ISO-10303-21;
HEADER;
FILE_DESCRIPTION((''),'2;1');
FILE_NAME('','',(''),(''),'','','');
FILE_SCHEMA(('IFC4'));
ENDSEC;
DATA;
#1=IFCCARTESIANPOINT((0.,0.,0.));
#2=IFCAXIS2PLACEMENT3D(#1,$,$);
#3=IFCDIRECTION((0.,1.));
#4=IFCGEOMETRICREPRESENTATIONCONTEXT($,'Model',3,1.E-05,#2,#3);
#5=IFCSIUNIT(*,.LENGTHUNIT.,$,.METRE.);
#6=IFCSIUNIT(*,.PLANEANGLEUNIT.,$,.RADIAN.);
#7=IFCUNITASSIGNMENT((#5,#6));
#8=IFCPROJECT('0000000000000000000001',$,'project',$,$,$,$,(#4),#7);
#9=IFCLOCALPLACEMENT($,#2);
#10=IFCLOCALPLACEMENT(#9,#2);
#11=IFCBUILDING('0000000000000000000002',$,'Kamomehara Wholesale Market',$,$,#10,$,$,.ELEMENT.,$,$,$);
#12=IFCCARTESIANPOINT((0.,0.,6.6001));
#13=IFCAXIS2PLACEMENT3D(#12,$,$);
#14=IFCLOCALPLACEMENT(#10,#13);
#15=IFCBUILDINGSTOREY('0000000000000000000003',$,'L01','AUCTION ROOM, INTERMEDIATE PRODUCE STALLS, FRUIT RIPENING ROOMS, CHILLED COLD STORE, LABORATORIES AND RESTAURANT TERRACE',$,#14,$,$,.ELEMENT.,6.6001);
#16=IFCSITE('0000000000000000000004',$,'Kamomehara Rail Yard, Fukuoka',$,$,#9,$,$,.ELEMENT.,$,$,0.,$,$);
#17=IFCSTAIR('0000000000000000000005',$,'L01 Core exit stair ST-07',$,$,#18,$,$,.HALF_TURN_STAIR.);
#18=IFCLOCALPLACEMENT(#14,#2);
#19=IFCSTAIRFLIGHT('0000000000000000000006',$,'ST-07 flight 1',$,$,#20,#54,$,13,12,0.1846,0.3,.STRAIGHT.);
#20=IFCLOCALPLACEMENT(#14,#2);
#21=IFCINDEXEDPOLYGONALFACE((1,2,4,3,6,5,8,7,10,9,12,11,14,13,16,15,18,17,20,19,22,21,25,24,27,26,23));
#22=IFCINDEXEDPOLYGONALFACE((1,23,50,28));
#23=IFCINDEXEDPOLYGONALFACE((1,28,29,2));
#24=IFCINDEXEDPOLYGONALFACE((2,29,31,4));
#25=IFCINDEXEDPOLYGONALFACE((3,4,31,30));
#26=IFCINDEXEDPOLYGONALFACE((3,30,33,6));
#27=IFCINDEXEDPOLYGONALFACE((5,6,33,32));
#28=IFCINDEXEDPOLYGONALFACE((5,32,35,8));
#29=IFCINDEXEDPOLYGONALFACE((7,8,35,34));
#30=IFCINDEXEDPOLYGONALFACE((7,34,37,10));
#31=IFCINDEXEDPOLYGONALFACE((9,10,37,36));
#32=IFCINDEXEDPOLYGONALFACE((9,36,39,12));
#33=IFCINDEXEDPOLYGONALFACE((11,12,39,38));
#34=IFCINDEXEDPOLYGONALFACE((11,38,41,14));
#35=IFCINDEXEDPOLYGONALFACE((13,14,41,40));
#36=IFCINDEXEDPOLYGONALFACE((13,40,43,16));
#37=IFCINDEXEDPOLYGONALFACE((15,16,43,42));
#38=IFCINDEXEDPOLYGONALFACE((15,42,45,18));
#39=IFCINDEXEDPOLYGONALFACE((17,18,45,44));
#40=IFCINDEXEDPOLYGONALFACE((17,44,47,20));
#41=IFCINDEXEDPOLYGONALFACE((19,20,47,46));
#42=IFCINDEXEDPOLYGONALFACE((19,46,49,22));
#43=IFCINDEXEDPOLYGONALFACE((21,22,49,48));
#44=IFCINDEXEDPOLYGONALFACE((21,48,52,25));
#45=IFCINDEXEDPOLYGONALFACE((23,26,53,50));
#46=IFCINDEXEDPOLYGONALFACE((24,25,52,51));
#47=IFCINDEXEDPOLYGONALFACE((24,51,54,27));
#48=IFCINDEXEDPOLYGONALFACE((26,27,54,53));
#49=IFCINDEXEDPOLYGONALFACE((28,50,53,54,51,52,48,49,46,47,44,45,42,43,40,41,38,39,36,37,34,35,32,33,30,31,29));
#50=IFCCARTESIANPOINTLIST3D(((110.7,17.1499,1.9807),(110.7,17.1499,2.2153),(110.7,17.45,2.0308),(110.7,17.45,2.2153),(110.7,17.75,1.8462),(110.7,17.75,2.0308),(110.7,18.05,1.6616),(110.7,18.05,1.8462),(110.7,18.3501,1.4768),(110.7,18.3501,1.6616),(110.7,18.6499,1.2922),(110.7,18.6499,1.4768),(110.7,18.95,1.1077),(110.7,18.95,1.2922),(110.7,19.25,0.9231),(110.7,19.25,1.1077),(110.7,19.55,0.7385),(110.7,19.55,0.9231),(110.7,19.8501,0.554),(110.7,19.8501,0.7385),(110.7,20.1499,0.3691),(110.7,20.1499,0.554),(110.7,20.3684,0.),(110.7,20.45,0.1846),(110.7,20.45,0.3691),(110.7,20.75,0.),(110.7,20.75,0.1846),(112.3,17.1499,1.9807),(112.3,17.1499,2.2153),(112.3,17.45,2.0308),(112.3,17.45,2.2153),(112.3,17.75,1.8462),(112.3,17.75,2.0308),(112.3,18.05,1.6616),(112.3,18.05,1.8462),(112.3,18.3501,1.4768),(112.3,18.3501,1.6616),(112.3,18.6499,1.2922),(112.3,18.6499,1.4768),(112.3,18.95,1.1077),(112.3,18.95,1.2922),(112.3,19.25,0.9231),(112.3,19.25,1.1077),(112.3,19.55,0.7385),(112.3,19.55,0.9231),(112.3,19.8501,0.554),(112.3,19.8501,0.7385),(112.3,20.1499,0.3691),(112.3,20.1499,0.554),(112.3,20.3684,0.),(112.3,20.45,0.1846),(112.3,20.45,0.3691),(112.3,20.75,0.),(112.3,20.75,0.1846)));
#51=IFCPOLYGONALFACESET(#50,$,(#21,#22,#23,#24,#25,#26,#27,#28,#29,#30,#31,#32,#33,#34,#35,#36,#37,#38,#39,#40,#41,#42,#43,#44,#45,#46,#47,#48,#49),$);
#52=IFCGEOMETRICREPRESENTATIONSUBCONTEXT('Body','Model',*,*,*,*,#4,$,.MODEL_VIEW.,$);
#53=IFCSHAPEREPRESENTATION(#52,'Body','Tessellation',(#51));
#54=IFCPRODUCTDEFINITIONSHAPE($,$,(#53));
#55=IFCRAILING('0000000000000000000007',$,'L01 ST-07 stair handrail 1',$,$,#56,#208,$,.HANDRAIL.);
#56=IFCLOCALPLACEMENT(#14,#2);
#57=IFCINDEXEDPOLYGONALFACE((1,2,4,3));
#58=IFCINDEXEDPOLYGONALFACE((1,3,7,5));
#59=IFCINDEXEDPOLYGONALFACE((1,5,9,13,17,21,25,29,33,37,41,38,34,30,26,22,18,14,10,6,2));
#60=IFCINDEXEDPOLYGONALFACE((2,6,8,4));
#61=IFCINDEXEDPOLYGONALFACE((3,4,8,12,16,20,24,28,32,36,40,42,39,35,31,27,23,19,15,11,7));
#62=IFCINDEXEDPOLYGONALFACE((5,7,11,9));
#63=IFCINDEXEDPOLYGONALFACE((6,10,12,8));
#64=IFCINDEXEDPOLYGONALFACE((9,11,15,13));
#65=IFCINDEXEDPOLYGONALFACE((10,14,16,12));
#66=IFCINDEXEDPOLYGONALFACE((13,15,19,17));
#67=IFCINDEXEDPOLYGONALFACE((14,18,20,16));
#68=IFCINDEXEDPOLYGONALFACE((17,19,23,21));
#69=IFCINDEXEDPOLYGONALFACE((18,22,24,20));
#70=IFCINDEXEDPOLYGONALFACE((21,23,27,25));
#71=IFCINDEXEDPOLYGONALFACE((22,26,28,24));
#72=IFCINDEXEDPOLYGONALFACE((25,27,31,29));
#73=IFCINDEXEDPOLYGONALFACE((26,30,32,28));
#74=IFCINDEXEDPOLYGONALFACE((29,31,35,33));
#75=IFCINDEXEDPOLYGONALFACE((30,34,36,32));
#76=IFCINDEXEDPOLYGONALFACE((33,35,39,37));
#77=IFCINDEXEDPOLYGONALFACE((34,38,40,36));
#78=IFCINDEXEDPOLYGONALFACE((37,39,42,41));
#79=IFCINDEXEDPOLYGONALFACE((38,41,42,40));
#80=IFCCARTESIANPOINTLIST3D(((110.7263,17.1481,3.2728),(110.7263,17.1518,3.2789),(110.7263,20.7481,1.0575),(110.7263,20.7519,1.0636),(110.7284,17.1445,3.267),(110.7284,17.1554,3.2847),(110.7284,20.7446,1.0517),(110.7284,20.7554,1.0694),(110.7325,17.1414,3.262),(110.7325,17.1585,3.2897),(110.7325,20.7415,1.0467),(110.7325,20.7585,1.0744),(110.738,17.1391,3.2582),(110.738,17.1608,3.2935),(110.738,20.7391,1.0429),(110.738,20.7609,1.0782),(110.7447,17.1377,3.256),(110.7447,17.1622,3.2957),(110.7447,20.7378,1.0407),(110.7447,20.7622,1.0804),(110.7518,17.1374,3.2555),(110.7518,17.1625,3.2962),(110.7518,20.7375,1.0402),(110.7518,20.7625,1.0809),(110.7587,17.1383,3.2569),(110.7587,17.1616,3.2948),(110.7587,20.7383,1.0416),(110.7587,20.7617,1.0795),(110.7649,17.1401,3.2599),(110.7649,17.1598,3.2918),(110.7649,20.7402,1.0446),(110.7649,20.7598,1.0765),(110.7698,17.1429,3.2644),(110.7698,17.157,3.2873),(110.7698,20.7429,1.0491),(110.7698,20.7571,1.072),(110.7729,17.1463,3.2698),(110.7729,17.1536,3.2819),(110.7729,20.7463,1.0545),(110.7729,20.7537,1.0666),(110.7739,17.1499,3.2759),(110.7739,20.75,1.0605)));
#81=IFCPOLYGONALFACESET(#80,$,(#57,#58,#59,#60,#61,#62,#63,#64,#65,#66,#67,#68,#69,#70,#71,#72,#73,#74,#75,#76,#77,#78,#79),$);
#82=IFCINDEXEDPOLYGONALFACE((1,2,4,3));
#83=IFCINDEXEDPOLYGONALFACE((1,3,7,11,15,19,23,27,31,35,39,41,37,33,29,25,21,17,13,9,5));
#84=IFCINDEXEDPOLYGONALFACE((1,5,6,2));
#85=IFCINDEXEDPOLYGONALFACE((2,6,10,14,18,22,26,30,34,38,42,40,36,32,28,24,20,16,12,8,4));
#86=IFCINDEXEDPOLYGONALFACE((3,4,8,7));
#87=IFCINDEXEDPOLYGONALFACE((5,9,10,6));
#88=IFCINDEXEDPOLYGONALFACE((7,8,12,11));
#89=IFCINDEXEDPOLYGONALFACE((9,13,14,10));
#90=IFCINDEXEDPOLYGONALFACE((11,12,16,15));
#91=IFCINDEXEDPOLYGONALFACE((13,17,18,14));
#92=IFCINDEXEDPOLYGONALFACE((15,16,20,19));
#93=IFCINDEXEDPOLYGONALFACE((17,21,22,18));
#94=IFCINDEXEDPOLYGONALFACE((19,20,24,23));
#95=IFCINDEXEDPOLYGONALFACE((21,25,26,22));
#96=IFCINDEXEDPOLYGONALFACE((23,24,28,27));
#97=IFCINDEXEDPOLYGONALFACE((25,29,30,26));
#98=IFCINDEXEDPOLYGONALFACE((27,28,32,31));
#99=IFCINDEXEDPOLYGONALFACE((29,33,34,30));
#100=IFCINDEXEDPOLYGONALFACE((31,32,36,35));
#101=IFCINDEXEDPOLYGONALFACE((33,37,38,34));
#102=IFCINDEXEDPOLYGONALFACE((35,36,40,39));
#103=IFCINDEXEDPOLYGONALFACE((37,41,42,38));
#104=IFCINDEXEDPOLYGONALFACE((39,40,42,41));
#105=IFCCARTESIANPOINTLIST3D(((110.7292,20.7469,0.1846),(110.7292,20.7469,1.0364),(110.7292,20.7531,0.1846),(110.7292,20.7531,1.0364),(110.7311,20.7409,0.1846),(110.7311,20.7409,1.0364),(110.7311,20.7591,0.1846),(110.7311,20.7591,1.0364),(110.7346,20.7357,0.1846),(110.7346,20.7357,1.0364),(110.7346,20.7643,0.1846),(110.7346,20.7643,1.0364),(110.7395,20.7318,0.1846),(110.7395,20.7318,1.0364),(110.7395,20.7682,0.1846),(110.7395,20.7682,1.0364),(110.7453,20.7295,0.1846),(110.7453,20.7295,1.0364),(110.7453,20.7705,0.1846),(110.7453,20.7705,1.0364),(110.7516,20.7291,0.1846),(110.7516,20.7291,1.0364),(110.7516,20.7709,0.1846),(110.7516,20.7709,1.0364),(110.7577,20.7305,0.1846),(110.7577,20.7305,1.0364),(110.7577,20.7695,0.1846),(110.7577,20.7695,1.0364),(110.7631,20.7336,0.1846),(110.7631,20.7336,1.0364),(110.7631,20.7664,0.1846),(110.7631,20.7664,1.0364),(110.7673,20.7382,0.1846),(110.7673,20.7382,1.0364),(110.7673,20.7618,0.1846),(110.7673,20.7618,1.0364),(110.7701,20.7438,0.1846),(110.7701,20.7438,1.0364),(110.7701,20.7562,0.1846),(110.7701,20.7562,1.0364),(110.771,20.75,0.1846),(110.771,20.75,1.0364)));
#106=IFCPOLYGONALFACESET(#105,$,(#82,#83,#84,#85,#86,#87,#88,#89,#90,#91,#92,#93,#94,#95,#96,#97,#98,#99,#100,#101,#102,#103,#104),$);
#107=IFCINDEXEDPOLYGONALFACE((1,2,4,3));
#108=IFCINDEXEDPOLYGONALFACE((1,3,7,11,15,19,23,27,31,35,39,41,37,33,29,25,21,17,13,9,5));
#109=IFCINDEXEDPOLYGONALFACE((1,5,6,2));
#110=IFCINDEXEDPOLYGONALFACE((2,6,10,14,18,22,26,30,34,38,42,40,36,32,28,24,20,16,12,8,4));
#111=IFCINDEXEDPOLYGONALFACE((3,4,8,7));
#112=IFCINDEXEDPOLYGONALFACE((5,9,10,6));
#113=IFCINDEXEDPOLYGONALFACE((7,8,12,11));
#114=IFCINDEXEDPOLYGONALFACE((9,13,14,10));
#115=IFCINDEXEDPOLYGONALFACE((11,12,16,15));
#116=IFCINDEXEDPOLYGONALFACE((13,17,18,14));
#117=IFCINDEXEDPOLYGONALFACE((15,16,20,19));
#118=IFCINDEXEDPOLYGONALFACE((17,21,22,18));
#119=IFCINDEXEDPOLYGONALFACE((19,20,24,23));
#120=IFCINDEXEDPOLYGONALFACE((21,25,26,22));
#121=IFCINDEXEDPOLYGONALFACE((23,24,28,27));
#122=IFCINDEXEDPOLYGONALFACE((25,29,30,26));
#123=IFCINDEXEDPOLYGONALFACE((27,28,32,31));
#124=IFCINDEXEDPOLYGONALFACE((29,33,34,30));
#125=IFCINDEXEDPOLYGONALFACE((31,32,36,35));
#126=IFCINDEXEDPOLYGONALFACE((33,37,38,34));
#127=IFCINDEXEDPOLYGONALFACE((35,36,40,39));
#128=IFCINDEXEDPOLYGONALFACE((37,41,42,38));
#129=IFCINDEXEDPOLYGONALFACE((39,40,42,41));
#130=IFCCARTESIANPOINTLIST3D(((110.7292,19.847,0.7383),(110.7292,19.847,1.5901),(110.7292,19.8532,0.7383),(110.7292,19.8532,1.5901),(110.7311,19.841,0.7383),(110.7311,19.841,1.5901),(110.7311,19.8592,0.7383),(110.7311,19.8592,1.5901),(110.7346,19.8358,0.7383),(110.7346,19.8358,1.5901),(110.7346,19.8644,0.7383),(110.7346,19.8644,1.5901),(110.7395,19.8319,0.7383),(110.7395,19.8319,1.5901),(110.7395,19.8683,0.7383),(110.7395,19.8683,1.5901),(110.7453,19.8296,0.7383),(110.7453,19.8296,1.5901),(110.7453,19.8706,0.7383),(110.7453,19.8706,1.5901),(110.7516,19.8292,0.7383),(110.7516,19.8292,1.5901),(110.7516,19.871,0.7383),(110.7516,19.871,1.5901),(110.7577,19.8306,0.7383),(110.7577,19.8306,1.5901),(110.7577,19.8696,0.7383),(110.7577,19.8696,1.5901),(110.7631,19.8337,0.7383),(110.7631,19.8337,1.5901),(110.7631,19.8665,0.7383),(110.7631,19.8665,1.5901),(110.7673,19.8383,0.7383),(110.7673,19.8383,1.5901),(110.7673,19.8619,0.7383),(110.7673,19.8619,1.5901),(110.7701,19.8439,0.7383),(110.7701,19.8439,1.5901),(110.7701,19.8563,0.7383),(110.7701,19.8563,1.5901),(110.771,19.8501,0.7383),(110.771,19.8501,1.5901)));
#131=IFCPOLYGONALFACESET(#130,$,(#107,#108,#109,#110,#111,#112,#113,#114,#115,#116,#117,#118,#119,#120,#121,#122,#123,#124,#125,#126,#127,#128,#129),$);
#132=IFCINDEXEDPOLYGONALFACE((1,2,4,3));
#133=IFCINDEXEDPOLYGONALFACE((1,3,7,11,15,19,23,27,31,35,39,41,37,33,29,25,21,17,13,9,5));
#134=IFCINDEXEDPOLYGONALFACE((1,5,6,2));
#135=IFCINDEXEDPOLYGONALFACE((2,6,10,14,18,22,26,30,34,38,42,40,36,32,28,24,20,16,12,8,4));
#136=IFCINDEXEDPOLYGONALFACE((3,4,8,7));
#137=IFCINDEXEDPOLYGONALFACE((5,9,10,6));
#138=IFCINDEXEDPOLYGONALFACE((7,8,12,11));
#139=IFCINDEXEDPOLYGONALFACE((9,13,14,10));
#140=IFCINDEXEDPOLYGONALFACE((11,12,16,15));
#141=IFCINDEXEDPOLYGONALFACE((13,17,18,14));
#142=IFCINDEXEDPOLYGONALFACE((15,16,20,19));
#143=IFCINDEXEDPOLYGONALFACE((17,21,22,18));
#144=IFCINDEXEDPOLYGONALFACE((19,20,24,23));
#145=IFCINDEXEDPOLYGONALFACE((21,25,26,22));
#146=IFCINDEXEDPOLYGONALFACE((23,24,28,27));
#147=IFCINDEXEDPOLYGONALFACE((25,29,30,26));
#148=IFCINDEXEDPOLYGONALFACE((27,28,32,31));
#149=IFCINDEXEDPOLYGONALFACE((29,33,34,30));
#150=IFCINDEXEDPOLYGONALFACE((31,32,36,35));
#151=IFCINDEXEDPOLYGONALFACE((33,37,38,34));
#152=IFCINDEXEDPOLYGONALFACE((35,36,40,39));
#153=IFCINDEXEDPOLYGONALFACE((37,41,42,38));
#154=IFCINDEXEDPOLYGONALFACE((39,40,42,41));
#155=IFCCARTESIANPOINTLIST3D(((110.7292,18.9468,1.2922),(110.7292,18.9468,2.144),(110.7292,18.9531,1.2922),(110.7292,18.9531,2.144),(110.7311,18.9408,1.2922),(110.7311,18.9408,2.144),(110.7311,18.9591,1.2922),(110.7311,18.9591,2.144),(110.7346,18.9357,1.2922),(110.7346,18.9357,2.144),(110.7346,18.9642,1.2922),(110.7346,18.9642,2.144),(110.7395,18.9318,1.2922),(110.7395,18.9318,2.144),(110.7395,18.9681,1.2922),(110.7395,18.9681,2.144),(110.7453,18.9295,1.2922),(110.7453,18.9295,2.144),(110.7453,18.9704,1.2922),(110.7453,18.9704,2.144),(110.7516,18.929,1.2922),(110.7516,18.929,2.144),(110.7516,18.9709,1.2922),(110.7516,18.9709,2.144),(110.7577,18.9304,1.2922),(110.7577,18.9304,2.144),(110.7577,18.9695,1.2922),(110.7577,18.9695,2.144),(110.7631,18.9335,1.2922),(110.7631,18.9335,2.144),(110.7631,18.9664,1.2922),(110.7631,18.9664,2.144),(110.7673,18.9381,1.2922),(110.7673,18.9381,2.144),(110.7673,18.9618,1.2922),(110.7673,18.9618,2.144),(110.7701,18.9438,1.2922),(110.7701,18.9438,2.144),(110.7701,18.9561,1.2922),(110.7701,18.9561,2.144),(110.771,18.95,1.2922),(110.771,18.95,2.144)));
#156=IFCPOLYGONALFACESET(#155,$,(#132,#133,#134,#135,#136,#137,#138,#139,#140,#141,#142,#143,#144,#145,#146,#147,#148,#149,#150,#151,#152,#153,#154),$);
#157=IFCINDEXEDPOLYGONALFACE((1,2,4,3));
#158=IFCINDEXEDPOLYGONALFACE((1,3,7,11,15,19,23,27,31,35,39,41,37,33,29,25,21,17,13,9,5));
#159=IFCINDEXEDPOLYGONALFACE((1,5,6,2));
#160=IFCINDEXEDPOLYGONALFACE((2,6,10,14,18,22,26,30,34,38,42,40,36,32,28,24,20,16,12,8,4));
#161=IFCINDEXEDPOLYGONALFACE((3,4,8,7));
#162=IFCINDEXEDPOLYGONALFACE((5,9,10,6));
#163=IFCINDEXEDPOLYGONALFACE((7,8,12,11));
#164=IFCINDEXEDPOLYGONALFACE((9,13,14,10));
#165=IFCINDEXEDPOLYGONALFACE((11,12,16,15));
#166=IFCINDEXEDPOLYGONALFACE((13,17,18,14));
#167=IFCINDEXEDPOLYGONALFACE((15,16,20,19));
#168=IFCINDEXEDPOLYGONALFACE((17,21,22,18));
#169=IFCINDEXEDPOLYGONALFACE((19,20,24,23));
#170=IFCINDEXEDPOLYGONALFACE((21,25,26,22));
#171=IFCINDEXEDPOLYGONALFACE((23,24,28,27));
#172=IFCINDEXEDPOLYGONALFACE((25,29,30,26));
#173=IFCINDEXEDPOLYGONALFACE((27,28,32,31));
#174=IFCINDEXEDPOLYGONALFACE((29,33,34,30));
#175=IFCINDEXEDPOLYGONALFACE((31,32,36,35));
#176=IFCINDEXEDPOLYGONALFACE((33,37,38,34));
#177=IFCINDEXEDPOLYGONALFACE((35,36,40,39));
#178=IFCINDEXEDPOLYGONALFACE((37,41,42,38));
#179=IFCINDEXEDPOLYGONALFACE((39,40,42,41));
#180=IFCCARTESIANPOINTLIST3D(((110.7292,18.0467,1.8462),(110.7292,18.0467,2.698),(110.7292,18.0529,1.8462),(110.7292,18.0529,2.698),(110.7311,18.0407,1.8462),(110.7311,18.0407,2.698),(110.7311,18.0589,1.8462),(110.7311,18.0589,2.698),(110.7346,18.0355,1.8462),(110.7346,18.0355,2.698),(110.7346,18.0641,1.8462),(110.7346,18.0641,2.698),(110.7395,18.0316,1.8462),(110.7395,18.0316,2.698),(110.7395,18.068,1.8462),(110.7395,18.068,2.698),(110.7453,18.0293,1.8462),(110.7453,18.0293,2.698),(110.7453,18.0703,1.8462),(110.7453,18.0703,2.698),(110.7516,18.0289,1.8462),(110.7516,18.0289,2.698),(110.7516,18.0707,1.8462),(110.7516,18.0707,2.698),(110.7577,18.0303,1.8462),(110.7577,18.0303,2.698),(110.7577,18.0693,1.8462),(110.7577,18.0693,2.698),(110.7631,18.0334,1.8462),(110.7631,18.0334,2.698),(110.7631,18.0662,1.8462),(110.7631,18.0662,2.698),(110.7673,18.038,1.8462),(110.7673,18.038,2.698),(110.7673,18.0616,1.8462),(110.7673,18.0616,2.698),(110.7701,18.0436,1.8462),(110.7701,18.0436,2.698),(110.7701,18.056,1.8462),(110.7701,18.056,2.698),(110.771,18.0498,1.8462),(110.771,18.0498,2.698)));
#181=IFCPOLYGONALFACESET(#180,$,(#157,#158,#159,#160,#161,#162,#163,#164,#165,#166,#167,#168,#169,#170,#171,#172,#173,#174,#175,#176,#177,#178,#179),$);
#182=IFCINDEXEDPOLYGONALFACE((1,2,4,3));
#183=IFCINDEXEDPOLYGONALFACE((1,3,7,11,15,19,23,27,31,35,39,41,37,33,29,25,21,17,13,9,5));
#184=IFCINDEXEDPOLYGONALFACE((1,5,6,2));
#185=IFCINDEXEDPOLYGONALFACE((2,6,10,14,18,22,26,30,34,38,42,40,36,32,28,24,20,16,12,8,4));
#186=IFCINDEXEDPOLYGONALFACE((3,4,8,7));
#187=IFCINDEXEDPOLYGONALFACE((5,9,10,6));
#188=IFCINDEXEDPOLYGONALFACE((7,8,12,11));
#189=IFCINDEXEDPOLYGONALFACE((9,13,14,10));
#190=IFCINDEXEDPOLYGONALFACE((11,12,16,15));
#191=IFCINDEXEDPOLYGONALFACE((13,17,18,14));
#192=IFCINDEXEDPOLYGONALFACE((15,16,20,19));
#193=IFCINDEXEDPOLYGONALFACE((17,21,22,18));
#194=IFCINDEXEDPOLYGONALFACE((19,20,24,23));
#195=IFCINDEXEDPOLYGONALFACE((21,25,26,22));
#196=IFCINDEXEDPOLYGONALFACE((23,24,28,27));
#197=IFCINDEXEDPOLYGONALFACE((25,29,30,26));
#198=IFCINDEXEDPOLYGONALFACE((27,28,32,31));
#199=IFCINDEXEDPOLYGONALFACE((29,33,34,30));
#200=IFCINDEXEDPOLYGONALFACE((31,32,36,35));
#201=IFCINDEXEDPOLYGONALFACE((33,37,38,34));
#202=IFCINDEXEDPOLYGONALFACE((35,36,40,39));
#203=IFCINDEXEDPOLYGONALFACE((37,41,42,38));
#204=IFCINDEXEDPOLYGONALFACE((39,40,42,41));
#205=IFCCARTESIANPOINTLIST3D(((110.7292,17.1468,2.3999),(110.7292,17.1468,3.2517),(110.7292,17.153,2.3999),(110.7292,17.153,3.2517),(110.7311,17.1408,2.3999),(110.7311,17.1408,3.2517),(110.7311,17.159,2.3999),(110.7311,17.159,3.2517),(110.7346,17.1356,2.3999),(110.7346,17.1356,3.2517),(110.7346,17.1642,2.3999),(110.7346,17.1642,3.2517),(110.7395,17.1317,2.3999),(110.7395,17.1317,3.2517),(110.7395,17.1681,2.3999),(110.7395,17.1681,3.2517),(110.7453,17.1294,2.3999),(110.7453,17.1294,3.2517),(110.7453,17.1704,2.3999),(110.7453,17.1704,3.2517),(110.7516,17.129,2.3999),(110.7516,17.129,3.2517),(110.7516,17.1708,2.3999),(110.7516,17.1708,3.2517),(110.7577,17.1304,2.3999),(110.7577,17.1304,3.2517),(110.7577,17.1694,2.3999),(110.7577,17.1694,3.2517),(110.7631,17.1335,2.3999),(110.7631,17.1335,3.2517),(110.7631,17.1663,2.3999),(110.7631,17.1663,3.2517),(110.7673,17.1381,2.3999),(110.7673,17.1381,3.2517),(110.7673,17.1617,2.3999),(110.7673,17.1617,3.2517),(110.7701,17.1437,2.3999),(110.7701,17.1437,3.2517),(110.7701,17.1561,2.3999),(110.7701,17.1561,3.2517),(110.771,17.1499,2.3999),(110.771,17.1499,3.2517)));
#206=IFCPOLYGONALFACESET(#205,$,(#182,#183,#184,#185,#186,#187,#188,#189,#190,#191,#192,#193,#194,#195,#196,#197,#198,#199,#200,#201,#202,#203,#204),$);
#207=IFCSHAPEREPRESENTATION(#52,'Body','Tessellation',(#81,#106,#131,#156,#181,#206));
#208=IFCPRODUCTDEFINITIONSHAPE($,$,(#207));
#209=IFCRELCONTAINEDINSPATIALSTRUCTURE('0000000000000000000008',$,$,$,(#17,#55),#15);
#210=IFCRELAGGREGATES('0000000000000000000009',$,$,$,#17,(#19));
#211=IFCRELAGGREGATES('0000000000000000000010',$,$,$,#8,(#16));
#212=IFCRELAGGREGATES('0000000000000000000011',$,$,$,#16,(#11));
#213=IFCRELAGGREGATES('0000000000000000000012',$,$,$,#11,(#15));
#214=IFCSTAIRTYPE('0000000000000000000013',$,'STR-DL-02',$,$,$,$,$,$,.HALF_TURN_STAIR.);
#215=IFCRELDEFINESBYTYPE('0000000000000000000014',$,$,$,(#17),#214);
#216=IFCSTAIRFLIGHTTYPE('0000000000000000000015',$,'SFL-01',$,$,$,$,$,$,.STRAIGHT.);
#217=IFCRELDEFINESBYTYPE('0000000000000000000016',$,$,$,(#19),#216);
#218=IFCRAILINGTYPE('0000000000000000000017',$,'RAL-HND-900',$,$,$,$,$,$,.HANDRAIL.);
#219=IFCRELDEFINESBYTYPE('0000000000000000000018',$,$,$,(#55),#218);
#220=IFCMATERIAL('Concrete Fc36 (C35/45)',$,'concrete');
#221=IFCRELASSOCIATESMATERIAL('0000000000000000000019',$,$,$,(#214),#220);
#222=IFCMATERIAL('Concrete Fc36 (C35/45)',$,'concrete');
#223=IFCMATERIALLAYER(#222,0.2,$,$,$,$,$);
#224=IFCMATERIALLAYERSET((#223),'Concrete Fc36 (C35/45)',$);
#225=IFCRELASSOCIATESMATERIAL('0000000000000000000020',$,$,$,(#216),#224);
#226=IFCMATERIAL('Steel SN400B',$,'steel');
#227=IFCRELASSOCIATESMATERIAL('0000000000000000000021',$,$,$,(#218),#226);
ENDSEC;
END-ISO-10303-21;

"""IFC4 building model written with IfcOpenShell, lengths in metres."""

from ifc_helpers import new_model, si_unit, direction, frame, origin, origin_2d, place, context, subcontext, project, spatial, polyline, circle, outline, extrude, material, layer, layer_set, type_object, element, aggregate, save


model = new_model("IFC4")

# Units and contexts
model_context = context("Model", 3, precision=1e-05, world=origin(), true_north=direction((0.0, 1.0)))
body_context = subcontext(model_context, "Body", "Model", "MODEL_VIEW")
ifc_project = project(units=[si_unit("LENGTHUNIT", "METRE"), si_unit("PLANEANGLEUNIT", "RADIAN")], contexts=[model_context])

# Site, building, storey
site_placement = place(None, origin())
site = spatial("IfcSite", under=ifc_project, at=site_placement, Name="Kamomehara Rail Yard, Fukuoka", CompositionType="ELEMENT", RefElevation=0.0)
building_placement = place(site_placement, origin())
building = spatial("IfcBuilding", under=site, at=building_placement, Name="Kamomehara Wholesale Market", CompositionType="ELEMENT")
storey_placement = place(building_placement, frame((0.0, 0.0, 6.6001)))
storey = spatial("IfcBuildingStorey", under=building, at=storey_placement, Name="L01", Description="AUCTION ROOM, INTERMEDIATE PRODUCE STALLS, FRUIT RIPENING ROOMS, CHILLED COLD STORE, LABORATORIES AND RESTAURANT TERRACE", CompositionType="ELEMENT", Elevation=6.6001)

# Stair, stair flight
ifc_material_1 = material(Name="Concrete Fc36 (C35/45)", Category="concrete")
stair_type = type_object("IfcStairType", Name="STR-DL-02", PredefinedType="HALF_TURN_STAIR", material=ifc_material_1)
stair_placement = place(storey_placement, origin())
stair = element("IfcStair", 1, at=stair_placement, inside=storey, type_object=stair_type, Name="L01 Core exit stair ST-07", PredefinedType="HALF_TURN_STAIR")
ifc_material_2 = material(Name="Concrete Fc36 (C35/45)", Category="concrete")
ifc_layer_1 = layer(ifc_material_2, 0.2)
ifc_layer_set_1 = layer_set([ifc_layer_1], Name="Concrete Fc36 (C35/45)")
stair_flight_type = type_object("IfcStairFlightType", Name="SFL-01", PredefinedType="STRAIGHT", material=ifc_layer_set_1)
stair_flight_placement = place(storey_placement, frame((111.5, 20.75, 0.0), z_axis=(0.0, 0.0, 1.0), x_axis=(0.0, -1.0, 0.0)))
stair_flight = element("IfcStairFlight", 2, at=stair_flight_placement, type_object=stair_flight_type, Name="ST-07 flight 1", NumberOfRisers=13, NumberOfTreads=12, PredefinedType="STRAIGHT", RiserHeight=0.1846, TreadLength=0.3, context=body_context, shape_type="SweptSolid", body=[
    extrude(outline(polyline([(0.0, 0.0), (0.0, 0.1846), (0.3, 0.1846), (0.3, 0.3691), (0.6001, 0.3691), (0.6001, 0.554), (0.8999, 0.554), (0.8999, 0.7385), (1.2, 0.7385), (1.2, 0.9231), (1.5, 0.9231), (1.5, 1.1077), (1.8, 1.1077), (1.8, 1.2922), (2.1001, 1.2922), (2.1001, 1.4768), (2.3999, 1.4768), (2.3999, 1.6616), (2.7, 1.6616), (2.7, 1.8462), (3.0, 1.8462), (3.0, 2.0308), (3.3, 2.0308), (3.3, 2.2153), (3.6001, 2.2153), (3.6001, 2.3999), (3.6001, 1.9807), (0.3816, 0.0), (0.0, 0.0)])), frame((0.0, 0.8, 0.0), z_axis=(0.0, -1.0, 0.0), x_axis=(1.0, 0.0, 0.0)), (0.0, 0.0, 1.0), 1.6001),
])
aggregate(stair, [stair_flight])

# Railing
ifc_material_3 = material(Name="Steel SN400B", Category="steel")
railing_type_1 = type_object("IfcRailingType", Name="RAL-HND-900", PredefinedType="HANDRAIL", material=ifc_material_3)
railing_1_placement = place(storey_placement, frame((110.75, 20.75, 0.1846)))
element("IfcRailing", 3, at=railing_1_placement, inside=storey, type_object=railing_type_1, Name="L01 ST-07 stair handrail 1", PredefinedType="HANDRAIL", context=body_context, shape_type="SweptSolid", body=[
    extrude(circle(Radius=0.0239, at=origin_2d()), frame((0.0, 0.0, 0.876), z_axis=(0.0, -0.85167, 0.524078), x_axis=(1.0, 0.0, 0.0)), (0.0, 0.0, 1.0), 4.2271),
    extrude(circle(Radius=0.021, at=origin_2d()), origin(), (0.0, 0.0, 1.0), 0.8518),
    extrude(circle(Radius=0.021, at=origin_2d()), frame((0.0, -0.8999, 0.5537)), (0.0, 0.0, 1.0), 0.8518),
    extrude(circle(Radius=0.021, at=origin_2d()), frame((0.0, -1.8, 1.1077)), (0.0, 0.0, 1.0), 0.8518),
    extrude(circle(Radius=0.021, at=origin_2d()), frame((0.0, -2.7002, 1.6616)), (0.0, 0.0, 1.0), 0.8518),
    extrude(circle(Radius=0.021, at=origin_2d()), frame((0.0, -3.6001, 2.2153)), (0.0, 0.0, 1.0), 0.8518),
])

save(model, "model.ifc")
